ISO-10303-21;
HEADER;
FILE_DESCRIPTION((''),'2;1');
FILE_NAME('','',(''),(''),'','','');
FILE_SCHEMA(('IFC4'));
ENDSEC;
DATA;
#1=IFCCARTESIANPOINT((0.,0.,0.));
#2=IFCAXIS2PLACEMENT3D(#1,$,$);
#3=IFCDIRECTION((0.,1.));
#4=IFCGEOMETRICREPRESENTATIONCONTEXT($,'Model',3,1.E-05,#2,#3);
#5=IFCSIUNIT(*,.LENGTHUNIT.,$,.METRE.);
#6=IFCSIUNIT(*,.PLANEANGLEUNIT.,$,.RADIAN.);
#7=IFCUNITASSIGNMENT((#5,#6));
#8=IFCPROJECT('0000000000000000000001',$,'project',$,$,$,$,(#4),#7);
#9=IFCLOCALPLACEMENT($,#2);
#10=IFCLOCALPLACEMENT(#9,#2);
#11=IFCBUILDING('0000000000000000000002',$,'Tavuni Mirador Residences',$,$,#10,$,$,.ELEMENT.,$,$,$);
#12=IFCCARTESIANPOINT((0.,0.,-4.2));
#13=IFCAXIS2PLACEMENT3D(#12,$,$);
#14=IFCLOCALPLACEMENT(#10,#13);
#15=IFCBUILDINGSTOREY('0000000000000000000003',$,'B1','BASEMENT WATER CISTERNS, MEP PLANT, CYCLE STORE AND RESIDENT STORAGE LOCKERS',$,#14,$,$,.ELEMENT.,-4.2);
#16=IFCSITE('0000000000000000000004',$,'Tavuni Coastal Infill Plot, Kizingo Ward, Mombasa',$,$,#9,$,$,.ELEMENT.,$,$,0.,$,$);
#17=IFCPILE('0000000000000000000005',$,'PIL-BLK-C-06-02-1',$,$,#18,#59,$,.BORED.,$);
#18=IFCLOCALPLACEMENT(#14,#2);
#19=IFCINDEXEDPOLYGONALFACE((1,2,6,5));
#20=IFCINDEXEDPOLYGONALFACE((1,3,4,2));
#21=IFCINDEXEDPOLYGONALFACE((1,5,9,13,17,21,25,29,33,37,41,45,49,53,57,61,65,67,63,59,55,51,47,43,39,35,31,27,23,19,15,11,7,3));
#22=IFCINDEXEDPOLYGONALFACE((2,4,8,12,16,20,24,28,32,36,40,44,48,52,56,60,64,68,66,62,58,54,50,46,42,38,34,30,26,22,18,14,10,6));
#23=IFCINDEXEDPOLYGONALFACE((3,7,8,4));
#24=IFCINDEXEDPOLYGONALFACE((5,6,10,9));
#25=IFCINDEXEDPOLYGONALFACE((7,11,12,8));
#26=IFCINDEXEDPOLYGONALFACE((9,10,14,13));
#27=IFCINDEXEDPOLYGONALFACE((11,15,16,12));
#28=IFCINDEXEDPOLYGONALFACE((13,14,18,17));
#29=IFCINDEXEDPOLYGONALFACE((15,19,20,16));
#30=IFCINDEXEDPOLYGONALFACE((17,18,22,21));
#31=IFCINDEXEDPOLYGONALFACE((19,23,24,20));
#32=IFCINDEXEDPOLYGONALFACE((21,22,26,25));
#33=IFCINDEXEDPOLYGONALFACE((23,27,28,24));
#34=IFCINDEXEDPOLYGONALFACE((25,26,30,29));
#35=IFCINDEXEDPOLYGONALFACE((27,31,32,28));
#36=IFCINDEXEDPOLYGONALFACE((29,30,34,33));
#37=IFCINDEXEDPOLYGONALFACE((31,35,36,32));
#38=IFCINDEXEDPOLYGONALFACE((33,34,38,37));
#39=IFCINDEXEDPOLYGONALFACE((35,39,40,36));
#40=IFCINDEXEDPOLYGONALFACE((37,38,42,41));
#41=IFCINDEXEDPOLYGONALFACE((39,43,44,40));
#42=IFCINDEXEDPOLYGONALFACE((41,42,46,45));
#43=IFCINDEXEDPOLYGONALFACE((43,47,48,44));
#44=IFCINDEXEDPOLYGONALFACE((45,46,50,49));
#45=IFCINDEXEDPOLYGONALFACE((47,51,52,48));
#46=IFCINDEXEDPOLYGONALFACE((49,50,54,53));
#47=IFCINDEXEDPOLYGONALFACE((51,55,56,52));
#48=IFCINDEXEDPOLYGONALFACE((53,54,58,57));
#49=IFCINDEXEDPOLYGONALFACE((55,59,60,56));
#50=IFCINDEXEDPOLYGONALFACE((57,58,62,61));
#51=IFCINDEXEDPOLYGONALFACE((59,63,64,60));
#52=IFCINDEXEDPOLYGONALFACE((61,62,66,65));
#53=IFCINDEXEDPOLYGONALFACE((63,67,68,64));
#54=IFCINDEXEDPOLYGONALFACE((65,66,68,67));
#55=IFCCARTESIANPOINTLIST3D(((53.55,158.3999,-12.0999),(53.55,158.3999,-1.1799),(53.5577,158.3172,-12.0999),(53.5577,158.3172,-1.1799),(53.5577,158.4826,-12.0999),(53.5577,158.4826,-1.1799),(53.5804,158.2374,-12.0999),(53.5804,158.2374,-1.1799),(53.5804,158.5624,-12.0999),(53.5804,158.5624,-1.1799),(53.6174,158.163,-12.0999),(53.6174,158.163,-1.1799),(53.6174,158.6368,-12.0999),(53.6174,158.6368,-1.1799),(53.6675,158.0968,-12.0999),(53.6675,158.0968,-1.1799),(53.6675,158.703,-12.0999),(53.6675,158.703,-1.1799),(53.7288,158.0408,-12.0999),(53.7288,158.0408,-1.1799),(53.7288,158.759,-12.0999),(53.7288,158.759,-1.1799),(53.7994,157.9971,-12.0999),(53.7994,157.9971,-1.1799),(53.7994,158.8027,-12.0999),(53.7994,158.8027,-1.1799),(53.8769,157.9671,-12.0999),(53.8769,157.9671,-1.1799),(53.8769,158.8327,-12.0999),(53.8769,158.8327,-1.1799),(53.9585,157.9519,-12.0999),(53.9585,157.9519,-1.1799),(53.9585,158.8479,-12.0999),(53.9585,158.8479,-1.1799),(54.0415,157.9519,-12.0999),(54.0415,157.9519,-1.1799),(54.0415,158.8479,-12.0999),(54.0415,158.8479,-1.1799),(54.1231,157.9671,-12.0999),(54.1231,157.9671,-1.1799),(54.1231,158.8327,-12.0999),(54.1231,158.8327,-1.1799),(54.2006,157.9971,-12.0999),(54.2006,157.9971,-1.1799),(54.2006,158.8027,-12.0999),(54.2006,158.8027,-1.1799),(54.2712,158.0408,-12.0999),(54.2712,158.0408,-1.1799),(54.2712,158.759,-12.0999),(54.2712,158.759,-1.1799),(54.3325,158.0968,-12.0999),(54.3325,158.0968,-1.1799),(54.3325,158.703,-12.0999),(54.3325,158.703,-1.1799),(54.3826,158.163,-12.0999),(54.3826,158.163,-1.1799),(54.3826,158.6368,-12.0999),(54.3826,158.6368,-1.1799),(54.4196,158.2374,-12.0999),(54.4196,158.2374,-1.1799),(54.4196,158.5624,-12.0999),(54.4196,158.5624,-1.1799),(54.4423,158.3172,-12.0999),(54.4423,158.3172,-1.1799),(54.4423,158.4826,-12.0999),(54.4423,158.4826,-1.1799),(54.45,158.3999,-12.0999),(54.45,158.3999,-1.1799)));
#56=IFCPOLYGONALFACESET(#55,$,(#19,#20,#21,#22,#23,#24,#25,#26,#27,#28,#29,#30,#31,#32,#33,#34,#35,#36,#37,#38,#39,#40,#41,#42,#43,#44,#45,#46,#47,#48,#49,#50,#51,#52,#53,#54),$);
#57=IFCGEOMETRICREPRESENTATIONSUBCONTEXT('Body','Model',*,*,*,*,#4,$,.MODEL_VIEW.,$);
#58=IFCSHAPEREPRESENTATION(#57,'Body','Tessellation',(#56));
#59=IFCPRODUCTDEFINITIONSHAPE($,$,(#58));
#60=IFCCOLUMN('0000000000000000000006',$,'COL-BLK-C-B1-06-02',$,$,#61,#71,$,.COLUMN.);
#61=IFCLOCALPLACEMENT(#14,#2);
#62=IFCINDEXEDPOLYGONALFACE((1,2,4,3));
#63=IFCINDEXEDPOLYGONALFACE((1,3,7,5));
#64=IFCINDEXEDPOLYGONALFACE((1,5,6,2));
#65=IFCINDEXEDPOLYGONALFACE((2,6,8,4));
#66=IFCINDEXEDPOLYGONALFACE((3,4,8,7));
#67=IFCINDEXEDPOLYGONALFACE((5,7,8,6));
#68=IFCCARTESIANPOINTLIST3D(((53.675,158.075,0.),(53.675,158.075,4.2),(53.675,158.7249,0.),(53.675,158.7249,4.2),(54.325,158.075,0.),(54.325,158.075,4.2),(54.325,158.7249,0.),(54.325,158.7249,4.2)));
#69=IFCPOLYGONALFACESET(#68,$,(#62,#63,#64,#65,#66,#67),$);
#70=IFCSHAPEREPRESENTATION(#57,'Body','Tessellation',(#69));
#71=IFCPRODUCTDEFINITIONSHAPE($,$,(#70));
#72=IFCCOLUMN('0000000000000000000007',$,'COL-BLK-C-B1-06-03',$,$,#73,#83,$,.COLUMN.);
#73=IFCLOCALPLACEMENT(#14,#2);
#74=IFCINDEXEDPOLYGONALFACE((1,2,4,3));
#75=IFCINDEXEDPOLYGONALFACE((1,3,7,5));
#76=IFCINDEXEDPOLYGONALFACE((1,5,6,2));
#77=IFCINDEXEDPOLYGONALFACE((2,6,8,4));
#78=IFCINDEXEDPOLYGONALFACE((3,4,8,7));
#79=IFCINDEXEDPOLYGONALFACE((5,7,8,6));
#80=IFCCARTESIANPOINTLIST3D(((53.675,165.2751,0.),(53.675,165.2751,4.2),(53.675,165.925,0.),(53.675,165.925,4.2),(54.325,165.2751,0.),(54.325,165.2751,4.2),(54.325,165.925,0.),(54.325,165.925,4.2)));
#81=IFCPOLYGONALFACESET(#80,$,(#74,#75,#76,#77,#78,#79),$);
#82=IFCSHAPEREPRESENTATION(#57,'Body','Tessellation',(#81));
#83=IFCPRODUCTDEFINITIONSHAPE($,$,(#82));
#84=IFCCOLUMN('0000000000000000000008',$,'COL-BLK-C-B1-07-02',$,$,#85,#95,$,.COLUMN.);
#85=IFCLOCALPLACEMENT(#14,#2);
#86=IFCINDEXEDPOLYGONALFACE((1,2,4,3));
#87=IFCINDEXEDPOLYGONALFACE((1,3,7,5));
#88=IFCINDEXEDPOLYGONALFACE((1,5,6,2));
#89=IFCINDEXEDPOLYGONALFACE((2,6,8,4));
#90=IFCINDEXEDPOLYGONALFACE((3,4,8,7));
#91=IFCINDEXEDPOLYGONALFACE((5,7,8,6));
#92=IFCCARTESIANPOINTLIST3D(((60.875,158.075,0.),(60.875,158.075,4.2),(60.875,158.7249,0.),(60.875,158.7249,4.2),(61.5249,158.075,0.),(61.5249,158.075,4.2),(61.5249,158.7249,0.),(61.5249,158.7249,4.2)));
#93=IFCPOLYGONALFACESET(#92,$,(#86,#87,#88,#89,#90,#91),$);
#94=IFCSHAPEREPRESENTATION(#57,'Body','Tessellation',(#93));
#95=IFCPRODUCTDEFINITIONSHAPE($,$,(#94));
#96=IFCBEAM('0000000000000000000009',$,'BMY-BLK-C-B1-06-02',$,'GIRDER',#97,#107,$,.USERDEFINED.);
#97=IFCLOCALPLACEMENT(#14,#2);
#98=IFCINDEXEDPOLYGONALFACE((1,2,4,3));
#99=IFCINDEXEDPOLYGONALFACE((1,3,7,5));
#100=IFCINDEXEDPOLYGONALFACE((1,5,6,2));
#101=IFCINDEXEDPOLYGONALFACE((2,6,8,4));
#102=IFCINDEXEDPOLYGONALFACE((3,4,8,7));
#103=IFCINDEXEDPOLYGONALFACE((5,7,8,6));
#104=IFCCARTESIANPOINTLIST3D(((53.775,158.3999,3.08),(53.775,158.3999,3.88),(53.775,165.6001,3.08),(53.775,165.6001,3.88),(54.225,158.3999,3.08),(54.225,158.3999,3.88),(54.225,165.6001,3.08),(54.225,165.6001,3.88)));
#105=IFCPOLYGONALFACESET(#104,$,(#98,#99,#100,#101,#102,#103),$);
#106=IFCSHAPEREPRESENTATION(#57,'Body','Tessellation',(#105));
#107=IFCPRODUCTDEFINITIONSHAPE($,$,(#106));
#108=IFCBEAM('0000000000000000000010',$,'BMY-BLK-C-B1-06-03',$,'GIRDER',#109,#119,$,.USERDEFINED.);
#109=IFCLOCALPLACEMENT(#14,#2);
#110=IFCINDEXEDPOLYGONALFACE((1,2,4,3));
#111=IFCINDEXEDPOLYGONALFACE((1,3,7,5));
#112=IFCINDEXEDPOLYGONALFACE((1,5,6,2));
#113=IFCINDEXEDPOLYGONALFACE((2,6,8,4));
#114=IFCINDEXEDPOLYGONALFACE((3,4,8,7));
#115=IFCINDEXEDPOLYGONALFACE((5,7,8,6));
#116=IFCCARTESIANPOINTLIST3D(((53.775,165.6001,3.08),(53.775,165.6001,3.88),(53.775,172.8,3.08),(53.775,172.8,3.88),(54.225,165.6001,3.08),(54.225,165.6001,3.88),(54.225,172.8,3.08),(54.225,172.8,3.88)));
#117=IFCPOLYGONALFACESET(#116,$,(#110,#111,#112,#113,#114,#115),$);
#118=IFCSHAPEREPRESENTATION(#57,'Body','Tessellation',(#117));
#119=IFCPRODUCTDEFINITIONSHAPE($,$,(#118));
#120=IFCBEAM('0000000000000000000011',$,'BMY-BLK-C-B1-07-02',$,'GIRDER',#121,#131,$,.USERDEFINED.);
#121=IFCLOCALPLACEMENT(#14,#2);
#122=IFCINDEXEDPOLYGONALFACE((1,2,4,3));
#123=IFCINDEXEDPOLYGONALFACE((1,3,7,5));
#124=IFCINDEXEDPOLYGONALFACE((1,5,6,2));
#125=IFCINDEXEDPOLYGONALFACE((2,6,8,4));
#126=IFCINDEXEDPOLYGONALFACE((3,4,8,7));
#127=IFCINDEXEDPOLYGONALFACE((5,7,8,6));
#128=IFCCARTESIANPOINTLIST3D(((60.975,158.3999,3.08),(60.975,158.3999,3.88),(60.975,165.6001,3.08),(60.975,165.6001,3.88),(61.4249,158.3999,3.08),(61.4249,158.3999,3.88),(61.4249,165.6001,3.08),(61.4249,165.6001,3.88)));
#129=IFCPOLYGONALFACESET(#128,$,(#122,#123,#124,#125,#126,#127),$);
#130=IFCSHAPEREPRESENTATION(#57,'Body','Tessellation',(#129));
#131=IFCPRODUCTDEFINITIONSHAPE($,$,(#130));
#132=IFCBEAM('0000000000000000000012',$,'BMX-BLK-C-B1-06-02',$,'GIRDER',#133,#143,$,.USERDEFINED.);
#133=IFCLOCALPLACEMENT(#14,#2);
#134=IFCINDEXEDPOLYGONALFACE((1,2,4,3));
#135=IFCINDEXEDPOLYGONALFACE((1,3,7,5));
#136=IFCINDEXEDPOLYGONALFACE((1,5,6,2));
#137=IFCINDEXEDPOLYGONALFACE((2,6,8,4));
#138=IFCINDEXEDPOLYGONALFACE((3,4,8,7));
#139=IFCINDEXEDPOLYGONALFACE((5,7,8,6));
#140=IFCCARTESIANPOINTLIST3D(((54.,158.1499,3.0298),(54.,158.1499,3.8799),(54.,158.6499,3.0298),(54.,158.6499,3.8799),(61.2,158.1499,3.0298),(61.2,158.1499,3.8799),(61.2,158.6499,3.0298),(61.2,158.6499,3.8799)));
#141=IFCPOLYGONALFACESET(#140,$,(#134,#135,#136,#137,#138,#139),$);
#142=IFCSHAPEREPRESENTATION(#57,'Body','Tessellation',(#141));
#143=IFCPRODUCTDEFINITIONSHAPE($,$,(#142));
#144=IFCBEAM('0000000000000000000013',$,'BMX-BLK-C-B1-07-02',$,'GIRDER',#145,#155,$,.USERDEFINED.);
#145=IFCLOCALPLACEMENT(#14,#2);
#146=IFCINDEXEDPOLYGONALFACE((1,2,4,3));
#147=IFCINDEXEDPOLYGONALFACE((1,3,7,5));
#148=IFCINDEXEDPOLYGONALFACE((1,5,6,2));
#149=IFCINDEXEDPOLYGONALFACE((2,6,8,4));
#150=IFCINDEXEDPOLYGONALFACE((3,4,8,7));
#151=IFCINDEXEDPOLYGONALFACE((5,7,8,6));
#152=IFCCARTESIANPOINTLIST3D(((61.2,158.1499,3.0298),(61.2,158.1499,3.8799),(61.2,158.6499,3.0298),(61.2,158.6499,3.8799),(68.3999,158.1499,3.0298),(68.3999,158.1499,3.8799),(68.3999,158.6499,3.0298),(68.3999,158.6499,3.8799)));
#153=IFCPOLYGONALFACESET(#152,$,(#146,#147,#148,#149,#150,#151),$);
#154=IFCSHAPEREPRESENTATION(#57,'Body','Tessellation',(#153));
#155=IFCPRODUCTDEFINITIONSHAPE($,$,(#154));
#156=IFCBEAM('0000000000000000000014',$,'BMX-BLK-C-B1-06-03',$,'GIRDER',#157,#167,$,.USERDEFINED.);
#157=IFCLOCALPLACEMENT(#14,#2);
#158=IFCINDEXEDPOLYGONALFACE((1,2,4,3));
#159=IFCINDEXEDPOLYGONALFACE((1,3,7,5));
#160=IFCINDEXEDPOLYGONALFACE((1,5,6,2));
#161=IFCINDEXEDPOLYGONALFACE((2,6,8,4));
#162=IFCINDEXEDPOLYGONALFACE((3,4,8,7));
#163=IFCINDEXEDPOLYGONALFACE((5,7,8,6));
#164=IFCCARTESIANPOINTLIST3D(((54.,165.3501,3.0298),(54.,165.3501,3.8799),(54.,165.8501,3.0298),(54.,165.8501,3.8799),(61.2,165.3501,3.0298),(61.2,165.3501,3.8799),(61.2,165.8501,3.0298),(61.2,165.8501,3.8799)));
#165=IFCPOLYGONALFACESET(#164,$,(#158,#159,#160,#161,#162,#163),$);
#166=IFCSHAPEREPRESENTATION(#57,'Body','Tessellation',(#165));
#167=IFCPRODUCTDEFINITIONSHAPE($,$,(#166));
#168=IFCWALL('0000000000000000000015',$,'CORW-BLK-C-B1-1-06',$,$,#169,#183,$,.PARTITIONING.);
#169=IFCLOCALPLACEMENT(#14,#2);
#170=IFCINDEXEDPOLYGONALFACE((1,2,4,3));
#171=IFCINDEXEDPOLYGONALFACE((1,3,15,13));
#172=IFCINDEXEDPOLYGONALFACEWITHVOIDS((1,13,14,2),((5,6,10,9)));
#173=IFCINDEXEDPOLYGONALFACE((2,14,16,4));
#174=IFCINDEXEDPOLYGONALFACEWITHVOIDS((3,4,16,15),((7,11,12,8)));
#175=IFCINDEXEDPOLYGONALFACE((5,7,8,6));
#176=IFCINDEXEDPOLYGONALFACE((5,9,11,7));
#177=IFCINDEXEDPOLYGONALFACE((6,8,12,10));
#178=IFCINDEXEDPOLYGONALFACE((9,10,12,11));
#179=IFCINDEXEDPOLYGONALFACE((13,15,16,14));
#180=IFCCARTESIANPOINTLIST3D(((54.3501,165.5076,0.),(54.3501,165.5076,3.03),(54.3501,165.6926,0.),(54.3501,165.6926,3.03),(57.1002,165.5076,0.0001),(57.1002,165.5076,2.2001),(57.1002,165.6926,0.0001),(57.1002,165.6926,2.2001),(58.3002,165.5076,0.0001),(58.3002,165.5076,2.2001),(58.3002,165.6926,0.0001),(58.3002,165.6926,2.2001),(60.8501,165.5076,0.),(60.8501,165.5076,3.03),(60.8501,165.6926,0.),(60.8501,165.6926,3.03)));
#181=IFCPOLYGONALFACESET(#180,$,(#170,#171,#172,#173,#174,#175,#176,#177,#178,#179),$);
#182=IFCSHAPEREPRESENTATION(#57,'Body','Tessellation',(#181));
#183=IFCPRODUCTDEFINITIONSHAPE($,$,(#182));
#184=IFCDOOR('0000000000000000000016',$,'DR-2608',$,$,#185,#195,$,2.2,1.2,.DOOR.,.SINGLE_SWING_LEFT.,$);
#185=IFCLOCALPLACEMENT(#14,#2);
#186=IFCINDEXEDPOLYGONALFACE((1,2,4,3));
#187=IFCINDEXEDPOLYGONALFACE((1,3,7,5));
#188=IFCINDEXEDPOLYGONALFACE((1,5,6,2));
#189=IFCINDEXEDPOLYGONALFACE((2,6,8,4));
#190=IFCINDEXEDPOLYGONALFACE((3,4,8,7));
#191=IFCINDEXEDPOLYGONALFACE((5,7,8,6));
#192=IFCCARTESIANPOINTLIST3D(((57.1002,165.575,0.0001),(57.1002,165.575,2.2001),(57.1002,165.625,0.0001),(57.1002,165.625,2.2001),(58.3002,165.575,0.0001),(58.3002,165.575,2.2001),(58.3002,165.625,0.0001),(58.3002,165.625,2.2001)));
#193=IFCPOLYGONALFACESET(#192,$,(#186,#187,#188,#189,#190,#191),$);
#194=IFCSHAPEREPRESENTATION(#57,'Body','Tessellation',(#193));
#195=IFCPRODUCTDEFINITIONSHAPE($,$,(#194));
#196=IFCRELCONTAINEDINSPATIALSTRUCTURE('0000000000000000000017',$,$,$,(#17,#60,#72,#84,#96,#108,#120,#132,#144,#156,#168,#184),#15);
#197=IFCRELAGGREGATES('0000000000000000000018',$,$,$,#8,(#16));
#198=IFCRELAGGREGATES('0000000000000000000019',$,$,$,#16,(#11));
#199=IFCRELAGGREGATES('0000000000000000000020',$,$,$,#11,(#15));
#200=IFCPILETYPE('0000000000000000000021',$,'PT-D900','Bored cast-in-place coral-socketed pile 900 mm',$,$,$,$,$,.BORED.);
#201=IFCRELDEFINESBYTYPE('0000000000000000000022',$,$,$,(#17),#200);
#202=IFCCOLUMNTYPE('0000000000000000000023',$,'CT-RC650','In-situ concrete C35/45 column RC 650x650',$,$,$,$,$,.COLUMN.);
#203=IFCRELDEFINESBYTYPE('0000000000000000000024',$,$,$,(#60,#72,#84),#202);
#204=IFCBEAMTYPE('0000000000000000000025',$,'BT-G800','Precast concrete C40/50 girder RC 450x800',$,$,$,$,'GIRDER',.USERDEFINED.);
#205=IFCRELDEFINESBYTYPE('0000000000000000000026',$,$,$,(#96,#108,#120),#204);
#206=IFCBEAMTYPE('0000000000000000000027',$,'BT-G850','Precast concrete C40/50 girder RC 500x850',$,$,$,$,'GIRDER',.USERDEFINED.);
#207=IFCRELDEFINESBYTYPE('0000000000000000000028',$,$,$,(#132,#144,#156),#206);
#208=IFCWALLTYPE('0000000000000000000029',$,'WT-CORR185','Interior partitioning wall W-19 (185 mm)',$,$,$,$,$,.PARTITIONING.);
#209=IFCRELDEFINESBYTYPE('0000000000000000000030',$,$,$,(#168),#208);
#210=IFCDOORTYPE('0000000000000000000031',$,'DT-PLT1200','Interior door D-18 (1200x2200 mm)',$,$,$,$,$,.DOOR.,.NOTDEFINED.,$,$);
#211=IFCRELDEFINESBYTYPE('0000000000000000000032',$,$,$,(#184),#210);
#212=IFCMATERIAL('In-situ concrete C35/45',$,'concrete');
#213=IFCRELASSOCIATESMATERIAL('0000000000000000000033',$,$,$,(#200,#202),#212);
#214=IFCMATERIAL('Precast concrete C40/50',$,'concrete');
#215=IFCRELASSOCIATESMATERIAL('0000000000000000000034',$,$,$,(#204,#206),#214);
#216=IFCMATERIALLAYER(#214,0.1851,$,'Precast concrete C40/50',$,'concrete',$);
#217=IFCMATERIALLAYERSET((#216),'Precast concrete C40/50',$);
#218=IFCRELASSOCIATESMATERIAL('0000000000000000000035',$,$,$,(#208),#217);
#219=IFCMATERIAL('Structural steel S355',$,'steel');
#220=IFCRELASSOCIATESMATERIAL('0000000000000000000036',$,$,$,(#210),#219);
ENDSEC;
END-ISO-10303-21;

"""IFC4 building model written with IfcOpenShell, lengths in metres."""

from ifc_helpers import new_model, si_unit, direction, frame, frame_2d, origin, origin_2d, place, context, subcontext, project, spatial, rectangle, circle, extrude, material, layer, layer_set, material_profile, profile_set, type_object, element, fill, save


model = new_model("IFC4")

# Units and contexts
model_context = context("Model", 3, precision=1e-05, world=origin(), true_north=direction((0.0, 1.0)))
body_context = subcontext(model_context, "Body", "Model", "MODEL_VIEW")
ifc_project = project(units=[si_unit("LENGTHUNIT", "METRE"), si_unit("PLANEANGLEUNIT", "RADIAN")], contexts=[model_context])

# Site, building, storey
site_placement = place(None, origin())
site = spatial("IfcSite", under=ifc_project, at=site_placement, Name="Tavuni Coastal Infill Plot, Kizingo Ward, Mombasa", CompositionType="ELEMENT", RefElevation=0.0)
building_placement = place(site_placement, origin())
building = spatial("IfcBuilding", under=site, at=building_placement, Name="Tavuni Mirador Residences", CompositionType="ELEMENT")
storey_placement = place(building_placement, frame((0.0, 0.0, -4.2)))
storey = spatial("IfcBuildingStorey", under=building, at=storey_placement, Name="B1", Description="BASEMENT WATER CISTERNS, MEP PLANT, CYCLE STORE AND RESIDENT STORAGE LOCKERS", CompositionType="ELEMENT", Elevation=-4.2)

# Shared definitions
ifc_material_1 = material(Name="In-situ concrete C35/45", Category="concrete")

# Pile
ifc_material_profile_1 = material_profile(ifc_material_1, circle(Radius=0.45, at=origin_2d()), Name="PILE D900", Category="concrete")
ifc_profile_set_1 = profile_set([ifc_material_profile_1], Name="In-situ concrete C35/45")
pile_type_1 = type_object("IfcPileType", Name="PT-D900", Description="Bored cast-in-place coral-socketed pile 900 mm", PredefinedType="BORED", material=ifc_profile_set_1)
pile_1_placement = place(storey_placement, frame((54.0, 158.3999, -1.1799), z_axis=(0.0, 0.0, -1.0), x_axis=(1.0, 0.0, 0.0)))
element("IfcPile", 1, at=pile_1_placement, inside=storey, type_object=pile_type_1, Name="PIL-BLK-C-06-02-1", PredefinedType="BORED", context=body_context, shape_type="SweptSolid", body=[
    extrude(circle(Radius=0.45, at=origin_2d()), origin(), (0.0, 0.0, 1.0), 10.9199),
])

# Columns
ifc_material_profile_2 = material_profile(ifc_material_1, rectangle(XDim=0.6499, YDim=0.6499, at=origin_2d()), Name="RC 650x650", Category="concrete")
ifc_profile_set_2 = profile_set([ifc_material_profile_2], Name="In-situ concrete C35/45")
column_type = type_object("IfcColumnType", Name="CT-RC650", Description="In-situ concrete C35/45 column RC 650x650", PredefinedType="COLUMN", material=ifc_profile_set_2)
for number, where, z_axis, x_axis, name in (
    (2, (54.0, 158.3999, 0.0), (0.0, 0.0, 1.0), (1.0, 0.0, 0.0), "COL-BLK-C-B1-06-02"),
    (3, (54.0, 165.6001, 0.0), (0.0, 0.0, 1.0), (1.0, 0.0, 0.0), "COL-BLK-C-B1-06-03"),
    (4, (61.2, 158.3999, 0.0), (0.0, 0.0, 1.0), (1.0, 0.0, 0.0), "COL-BLK-C-B1-07-02"),
):
    element("IfcColumn", number, at=place(storey_placement, frame(where, z_axis=z_axis, x_axis=x_axis)), inside=storey, type_object=column_type, Name=name, PredefinedType="COLUMN", context=body_context, shape_type="SweptSolid", body=[
        extrude(rectangle(XDim=0.6499, YDim=0.6499, at=origin_2d()), origin(), (0.0, 0.0, 1.0), 4.2),
    ])

# Beams
ifc_material_2 = material(Name="Precast concrete C40/50", Category="concrete")
ifc_material_profile_3 = material_profile(ifc_material_2, rectangle(XDim=0.45, YDim=0.8, at=origin_2d()), Name="RC 450x800", Category="concrete")
ifc_profile_set_3 = profile_set([ifc_material_profile_3], Name="Precast concrete C40/50")
beam_type_1 = type_object("IfcBeamType", Name="BT-G800", Description="Precast concrete C40/50 girder RC 450x800", ElementType="GIRDER", PredefinedType="USERDEFINED", material=ifc_profile_set_3)
beam_1_placement = place(storey_placement, frame((54.0, 158.3999, 3.48), z_axis=(0.0, 1.0, 0.0), x_axis=(-1.0, 0.0, 0.0)))
element("IfcBeam", 5, at=beam_1_placement, inside=storey, type_object=beam_type_1, Name="BMY-BLK-C-B1-06-02", ObjectType="GIRDER", PredefinedType="USERDEFINED", context=body_context, shape_type="SweptSolid", body=[
    extrude(rectangle(XDim=0.45, YDim=0.8, at=origin_2d()), origin(), (0.0, 0.0, 1.0), 7.2002),
])
beam_2_placement = place(storey_placement, frame((54.0, 165.6001, 3.48), z_axis=(0.0, 1.0, 0.0), x_axis=(-1.0, 0.0, 0.0)))
element("IfcBeam", 6, at=beam_2_placement, inside=storey, type_object=beam_type_1, Name="BMY-BLK-C-B1-06-03", ObjectType="GIRDER", PredefinedType="USERDEFINED", context=body_context, shape_type="SweptSolid", body=[
    extrude(rectangle(XDim=0.45, YDim=0.8, at=origin_2d()), origin(), (0.0, 0.0, 1.0), 7.2),
])
beam_3_placement = place(storey_placement, frame((61.2, 158.3999, 3.48), z_axis=(0.0, 1.0, 0.0), x_axis=(-1.0, 0.0, 0.0)))
element("IfcBeam", 7, at=beam_3_placement, inside=storey, type_object=beam_type_1, Name="BMY-BLK-C-B1-07-02", ObjectType="GIRDER", PredefinedType="USERDEFINED", context=body_context, shape_type="SweptSolid", body=[
    extrude(rectangle(XDim=0.45, YDim=0.8, at=origin_2d()), origin(), (0.0, 0.0, 1.0), 7.2002),
])
ifc_material_profile_4 = material_profile(ifc_material_2, rectangle(XDim=0.5, YDim=0.8501, at=origin_2d()), Name="RC 500x850", Category="concrete")
ifc_profile_set_4 = profile_set([ifc_material_profile_4], Name="Precast concrete C40/50")
beam_type_2 = type_object("IfcBeamType", Name="BT-G850", Description="Precast concrete C40/50 girder RC 500x850", ElementType="GIRDER", PredefinedType="USERDEFINED", material=ifc_profile_set_4)
for number, where, z_axis, x_axis, name in (
    (8, (54.0, 158.3999, 3.4548), (1.0, 0.0, 0.0), (0.0, 1.0, 0.0), "BMX-BLK-C-B1-06-02"),
    (9, (61.2, 158.3999, 3.4548), (1.0, 0.0, 0.0), (0.0, 1.0, 0.0), "BMX-BLK-C-B1-07-02"),
    (10, (54.0, 165.6001, 3.4548), (1.0, 0.0, 0.0), (0.0, 1.0, 0.0), "BMX-BLK-C-B1-06-03"),
):
    element("IfcBeam", number, at=place(storey_placement, frame(where, z_axis=z_axis, x_axis=x_axis)), inside=storey, type_object=beam_type_2, Name=name, ObjectType="GIRDER", PredefinedType="USERDEFINED", context=body_context, shape_type="SweptSolid", body=[
        extrude(rectangle(XDim=0.5, YDim=0.8501, at=origin_2d()), origin(), (0.0, 0.0, 1.0), 7.2),
    ])

# Wall, opening, door
ifc_layer = layer(ifc_material_2, 0.1851, Name="Precast concrete C40/50", Category="concrete")
ifc_layer_set = layer_set([ifc_layer], Name="Precast concrete C40/50")
wall_type = type_object("IfcWallType", Name="WT-CORR185", Description="Interior partitioning wall W-19 (185 mm)", PredefinedType="PARTITIONING", material=ifc_layer_set)
wall_placement = place(storey_placement, frame((54.3501, 165.6001, 0.0), z_axis=(0.0, 0.0, 1.0), x_axis=(1.0, 0.0, 0.0)))
wall = element("IfcWall", 11, at=wall_placement, inside=storey, type_object=wall_type, Name="CORW-BLK-C-B1-1-06", PredefinedType="PARTITIONING", context=body_context, shape_type="SweptSolid", body=[
    extrude(rectangle(XDim=6.5, YDim=0.1851, at=frame_2d((3.25, 0.0))), origin(), (0.0, 0.0, 1.0), 3.03),
])
opening_placement = place(wall_placement, frame((2.75, 0.0, 0.0)))
opening = element("IfcOpeningElement", 12, at=opening_placement, cuts=wall, PredefinedType="OPENING", context=body_context, shape_type="SweptSolid", body=[
    extrude(rectangle(XDim=1.2, YDim=2.2, at=frame_2d((0.6001, 1.1001))), frame((0.0, 0.1025, 0.0), z_axis=(0.0, -1.0, 0.0), x_axis=(1.0, 0.0, 0.0)), (0.0, 0.0, 1.0), 0.2051),
])
ifc_material_3 = material(Name="Structural steel S355", Category="steel")
door_type = type_object("IfcDoorType", Name="DT-PLT1200", Description="Interior door D-18 (1200x2200 mm)", OperationType="NOTDEFINED", PredefinedType="DOOR", material=ifc_material_3)
door_placement = place(opening_placement, origin())
door = element("IfcDoor", 13, at=door_placement, inside=storey, type_object=door_type, Name="DR-2608", OperationType="SINGLE_SWING_LEFT", OverallHeight=2.2, OverallWidth=1.2, PredefinedType="DOOR", context=body_context, shape_type="SweptSolid", body=[
    extrude(rectangle(XDim=1.2, YDim=2.2, at=frame_2d((0.6001, 1.1001))), frame((0.0, 0.0249, 0.0), z_axis=(0.0, -1.0, 0.0), x_axis=(1.0, 0.0, 0.0)), (0.0, 0.0, 1.0), 0.05),
])
fill(opening, door)

save(model, "model.ifc")
